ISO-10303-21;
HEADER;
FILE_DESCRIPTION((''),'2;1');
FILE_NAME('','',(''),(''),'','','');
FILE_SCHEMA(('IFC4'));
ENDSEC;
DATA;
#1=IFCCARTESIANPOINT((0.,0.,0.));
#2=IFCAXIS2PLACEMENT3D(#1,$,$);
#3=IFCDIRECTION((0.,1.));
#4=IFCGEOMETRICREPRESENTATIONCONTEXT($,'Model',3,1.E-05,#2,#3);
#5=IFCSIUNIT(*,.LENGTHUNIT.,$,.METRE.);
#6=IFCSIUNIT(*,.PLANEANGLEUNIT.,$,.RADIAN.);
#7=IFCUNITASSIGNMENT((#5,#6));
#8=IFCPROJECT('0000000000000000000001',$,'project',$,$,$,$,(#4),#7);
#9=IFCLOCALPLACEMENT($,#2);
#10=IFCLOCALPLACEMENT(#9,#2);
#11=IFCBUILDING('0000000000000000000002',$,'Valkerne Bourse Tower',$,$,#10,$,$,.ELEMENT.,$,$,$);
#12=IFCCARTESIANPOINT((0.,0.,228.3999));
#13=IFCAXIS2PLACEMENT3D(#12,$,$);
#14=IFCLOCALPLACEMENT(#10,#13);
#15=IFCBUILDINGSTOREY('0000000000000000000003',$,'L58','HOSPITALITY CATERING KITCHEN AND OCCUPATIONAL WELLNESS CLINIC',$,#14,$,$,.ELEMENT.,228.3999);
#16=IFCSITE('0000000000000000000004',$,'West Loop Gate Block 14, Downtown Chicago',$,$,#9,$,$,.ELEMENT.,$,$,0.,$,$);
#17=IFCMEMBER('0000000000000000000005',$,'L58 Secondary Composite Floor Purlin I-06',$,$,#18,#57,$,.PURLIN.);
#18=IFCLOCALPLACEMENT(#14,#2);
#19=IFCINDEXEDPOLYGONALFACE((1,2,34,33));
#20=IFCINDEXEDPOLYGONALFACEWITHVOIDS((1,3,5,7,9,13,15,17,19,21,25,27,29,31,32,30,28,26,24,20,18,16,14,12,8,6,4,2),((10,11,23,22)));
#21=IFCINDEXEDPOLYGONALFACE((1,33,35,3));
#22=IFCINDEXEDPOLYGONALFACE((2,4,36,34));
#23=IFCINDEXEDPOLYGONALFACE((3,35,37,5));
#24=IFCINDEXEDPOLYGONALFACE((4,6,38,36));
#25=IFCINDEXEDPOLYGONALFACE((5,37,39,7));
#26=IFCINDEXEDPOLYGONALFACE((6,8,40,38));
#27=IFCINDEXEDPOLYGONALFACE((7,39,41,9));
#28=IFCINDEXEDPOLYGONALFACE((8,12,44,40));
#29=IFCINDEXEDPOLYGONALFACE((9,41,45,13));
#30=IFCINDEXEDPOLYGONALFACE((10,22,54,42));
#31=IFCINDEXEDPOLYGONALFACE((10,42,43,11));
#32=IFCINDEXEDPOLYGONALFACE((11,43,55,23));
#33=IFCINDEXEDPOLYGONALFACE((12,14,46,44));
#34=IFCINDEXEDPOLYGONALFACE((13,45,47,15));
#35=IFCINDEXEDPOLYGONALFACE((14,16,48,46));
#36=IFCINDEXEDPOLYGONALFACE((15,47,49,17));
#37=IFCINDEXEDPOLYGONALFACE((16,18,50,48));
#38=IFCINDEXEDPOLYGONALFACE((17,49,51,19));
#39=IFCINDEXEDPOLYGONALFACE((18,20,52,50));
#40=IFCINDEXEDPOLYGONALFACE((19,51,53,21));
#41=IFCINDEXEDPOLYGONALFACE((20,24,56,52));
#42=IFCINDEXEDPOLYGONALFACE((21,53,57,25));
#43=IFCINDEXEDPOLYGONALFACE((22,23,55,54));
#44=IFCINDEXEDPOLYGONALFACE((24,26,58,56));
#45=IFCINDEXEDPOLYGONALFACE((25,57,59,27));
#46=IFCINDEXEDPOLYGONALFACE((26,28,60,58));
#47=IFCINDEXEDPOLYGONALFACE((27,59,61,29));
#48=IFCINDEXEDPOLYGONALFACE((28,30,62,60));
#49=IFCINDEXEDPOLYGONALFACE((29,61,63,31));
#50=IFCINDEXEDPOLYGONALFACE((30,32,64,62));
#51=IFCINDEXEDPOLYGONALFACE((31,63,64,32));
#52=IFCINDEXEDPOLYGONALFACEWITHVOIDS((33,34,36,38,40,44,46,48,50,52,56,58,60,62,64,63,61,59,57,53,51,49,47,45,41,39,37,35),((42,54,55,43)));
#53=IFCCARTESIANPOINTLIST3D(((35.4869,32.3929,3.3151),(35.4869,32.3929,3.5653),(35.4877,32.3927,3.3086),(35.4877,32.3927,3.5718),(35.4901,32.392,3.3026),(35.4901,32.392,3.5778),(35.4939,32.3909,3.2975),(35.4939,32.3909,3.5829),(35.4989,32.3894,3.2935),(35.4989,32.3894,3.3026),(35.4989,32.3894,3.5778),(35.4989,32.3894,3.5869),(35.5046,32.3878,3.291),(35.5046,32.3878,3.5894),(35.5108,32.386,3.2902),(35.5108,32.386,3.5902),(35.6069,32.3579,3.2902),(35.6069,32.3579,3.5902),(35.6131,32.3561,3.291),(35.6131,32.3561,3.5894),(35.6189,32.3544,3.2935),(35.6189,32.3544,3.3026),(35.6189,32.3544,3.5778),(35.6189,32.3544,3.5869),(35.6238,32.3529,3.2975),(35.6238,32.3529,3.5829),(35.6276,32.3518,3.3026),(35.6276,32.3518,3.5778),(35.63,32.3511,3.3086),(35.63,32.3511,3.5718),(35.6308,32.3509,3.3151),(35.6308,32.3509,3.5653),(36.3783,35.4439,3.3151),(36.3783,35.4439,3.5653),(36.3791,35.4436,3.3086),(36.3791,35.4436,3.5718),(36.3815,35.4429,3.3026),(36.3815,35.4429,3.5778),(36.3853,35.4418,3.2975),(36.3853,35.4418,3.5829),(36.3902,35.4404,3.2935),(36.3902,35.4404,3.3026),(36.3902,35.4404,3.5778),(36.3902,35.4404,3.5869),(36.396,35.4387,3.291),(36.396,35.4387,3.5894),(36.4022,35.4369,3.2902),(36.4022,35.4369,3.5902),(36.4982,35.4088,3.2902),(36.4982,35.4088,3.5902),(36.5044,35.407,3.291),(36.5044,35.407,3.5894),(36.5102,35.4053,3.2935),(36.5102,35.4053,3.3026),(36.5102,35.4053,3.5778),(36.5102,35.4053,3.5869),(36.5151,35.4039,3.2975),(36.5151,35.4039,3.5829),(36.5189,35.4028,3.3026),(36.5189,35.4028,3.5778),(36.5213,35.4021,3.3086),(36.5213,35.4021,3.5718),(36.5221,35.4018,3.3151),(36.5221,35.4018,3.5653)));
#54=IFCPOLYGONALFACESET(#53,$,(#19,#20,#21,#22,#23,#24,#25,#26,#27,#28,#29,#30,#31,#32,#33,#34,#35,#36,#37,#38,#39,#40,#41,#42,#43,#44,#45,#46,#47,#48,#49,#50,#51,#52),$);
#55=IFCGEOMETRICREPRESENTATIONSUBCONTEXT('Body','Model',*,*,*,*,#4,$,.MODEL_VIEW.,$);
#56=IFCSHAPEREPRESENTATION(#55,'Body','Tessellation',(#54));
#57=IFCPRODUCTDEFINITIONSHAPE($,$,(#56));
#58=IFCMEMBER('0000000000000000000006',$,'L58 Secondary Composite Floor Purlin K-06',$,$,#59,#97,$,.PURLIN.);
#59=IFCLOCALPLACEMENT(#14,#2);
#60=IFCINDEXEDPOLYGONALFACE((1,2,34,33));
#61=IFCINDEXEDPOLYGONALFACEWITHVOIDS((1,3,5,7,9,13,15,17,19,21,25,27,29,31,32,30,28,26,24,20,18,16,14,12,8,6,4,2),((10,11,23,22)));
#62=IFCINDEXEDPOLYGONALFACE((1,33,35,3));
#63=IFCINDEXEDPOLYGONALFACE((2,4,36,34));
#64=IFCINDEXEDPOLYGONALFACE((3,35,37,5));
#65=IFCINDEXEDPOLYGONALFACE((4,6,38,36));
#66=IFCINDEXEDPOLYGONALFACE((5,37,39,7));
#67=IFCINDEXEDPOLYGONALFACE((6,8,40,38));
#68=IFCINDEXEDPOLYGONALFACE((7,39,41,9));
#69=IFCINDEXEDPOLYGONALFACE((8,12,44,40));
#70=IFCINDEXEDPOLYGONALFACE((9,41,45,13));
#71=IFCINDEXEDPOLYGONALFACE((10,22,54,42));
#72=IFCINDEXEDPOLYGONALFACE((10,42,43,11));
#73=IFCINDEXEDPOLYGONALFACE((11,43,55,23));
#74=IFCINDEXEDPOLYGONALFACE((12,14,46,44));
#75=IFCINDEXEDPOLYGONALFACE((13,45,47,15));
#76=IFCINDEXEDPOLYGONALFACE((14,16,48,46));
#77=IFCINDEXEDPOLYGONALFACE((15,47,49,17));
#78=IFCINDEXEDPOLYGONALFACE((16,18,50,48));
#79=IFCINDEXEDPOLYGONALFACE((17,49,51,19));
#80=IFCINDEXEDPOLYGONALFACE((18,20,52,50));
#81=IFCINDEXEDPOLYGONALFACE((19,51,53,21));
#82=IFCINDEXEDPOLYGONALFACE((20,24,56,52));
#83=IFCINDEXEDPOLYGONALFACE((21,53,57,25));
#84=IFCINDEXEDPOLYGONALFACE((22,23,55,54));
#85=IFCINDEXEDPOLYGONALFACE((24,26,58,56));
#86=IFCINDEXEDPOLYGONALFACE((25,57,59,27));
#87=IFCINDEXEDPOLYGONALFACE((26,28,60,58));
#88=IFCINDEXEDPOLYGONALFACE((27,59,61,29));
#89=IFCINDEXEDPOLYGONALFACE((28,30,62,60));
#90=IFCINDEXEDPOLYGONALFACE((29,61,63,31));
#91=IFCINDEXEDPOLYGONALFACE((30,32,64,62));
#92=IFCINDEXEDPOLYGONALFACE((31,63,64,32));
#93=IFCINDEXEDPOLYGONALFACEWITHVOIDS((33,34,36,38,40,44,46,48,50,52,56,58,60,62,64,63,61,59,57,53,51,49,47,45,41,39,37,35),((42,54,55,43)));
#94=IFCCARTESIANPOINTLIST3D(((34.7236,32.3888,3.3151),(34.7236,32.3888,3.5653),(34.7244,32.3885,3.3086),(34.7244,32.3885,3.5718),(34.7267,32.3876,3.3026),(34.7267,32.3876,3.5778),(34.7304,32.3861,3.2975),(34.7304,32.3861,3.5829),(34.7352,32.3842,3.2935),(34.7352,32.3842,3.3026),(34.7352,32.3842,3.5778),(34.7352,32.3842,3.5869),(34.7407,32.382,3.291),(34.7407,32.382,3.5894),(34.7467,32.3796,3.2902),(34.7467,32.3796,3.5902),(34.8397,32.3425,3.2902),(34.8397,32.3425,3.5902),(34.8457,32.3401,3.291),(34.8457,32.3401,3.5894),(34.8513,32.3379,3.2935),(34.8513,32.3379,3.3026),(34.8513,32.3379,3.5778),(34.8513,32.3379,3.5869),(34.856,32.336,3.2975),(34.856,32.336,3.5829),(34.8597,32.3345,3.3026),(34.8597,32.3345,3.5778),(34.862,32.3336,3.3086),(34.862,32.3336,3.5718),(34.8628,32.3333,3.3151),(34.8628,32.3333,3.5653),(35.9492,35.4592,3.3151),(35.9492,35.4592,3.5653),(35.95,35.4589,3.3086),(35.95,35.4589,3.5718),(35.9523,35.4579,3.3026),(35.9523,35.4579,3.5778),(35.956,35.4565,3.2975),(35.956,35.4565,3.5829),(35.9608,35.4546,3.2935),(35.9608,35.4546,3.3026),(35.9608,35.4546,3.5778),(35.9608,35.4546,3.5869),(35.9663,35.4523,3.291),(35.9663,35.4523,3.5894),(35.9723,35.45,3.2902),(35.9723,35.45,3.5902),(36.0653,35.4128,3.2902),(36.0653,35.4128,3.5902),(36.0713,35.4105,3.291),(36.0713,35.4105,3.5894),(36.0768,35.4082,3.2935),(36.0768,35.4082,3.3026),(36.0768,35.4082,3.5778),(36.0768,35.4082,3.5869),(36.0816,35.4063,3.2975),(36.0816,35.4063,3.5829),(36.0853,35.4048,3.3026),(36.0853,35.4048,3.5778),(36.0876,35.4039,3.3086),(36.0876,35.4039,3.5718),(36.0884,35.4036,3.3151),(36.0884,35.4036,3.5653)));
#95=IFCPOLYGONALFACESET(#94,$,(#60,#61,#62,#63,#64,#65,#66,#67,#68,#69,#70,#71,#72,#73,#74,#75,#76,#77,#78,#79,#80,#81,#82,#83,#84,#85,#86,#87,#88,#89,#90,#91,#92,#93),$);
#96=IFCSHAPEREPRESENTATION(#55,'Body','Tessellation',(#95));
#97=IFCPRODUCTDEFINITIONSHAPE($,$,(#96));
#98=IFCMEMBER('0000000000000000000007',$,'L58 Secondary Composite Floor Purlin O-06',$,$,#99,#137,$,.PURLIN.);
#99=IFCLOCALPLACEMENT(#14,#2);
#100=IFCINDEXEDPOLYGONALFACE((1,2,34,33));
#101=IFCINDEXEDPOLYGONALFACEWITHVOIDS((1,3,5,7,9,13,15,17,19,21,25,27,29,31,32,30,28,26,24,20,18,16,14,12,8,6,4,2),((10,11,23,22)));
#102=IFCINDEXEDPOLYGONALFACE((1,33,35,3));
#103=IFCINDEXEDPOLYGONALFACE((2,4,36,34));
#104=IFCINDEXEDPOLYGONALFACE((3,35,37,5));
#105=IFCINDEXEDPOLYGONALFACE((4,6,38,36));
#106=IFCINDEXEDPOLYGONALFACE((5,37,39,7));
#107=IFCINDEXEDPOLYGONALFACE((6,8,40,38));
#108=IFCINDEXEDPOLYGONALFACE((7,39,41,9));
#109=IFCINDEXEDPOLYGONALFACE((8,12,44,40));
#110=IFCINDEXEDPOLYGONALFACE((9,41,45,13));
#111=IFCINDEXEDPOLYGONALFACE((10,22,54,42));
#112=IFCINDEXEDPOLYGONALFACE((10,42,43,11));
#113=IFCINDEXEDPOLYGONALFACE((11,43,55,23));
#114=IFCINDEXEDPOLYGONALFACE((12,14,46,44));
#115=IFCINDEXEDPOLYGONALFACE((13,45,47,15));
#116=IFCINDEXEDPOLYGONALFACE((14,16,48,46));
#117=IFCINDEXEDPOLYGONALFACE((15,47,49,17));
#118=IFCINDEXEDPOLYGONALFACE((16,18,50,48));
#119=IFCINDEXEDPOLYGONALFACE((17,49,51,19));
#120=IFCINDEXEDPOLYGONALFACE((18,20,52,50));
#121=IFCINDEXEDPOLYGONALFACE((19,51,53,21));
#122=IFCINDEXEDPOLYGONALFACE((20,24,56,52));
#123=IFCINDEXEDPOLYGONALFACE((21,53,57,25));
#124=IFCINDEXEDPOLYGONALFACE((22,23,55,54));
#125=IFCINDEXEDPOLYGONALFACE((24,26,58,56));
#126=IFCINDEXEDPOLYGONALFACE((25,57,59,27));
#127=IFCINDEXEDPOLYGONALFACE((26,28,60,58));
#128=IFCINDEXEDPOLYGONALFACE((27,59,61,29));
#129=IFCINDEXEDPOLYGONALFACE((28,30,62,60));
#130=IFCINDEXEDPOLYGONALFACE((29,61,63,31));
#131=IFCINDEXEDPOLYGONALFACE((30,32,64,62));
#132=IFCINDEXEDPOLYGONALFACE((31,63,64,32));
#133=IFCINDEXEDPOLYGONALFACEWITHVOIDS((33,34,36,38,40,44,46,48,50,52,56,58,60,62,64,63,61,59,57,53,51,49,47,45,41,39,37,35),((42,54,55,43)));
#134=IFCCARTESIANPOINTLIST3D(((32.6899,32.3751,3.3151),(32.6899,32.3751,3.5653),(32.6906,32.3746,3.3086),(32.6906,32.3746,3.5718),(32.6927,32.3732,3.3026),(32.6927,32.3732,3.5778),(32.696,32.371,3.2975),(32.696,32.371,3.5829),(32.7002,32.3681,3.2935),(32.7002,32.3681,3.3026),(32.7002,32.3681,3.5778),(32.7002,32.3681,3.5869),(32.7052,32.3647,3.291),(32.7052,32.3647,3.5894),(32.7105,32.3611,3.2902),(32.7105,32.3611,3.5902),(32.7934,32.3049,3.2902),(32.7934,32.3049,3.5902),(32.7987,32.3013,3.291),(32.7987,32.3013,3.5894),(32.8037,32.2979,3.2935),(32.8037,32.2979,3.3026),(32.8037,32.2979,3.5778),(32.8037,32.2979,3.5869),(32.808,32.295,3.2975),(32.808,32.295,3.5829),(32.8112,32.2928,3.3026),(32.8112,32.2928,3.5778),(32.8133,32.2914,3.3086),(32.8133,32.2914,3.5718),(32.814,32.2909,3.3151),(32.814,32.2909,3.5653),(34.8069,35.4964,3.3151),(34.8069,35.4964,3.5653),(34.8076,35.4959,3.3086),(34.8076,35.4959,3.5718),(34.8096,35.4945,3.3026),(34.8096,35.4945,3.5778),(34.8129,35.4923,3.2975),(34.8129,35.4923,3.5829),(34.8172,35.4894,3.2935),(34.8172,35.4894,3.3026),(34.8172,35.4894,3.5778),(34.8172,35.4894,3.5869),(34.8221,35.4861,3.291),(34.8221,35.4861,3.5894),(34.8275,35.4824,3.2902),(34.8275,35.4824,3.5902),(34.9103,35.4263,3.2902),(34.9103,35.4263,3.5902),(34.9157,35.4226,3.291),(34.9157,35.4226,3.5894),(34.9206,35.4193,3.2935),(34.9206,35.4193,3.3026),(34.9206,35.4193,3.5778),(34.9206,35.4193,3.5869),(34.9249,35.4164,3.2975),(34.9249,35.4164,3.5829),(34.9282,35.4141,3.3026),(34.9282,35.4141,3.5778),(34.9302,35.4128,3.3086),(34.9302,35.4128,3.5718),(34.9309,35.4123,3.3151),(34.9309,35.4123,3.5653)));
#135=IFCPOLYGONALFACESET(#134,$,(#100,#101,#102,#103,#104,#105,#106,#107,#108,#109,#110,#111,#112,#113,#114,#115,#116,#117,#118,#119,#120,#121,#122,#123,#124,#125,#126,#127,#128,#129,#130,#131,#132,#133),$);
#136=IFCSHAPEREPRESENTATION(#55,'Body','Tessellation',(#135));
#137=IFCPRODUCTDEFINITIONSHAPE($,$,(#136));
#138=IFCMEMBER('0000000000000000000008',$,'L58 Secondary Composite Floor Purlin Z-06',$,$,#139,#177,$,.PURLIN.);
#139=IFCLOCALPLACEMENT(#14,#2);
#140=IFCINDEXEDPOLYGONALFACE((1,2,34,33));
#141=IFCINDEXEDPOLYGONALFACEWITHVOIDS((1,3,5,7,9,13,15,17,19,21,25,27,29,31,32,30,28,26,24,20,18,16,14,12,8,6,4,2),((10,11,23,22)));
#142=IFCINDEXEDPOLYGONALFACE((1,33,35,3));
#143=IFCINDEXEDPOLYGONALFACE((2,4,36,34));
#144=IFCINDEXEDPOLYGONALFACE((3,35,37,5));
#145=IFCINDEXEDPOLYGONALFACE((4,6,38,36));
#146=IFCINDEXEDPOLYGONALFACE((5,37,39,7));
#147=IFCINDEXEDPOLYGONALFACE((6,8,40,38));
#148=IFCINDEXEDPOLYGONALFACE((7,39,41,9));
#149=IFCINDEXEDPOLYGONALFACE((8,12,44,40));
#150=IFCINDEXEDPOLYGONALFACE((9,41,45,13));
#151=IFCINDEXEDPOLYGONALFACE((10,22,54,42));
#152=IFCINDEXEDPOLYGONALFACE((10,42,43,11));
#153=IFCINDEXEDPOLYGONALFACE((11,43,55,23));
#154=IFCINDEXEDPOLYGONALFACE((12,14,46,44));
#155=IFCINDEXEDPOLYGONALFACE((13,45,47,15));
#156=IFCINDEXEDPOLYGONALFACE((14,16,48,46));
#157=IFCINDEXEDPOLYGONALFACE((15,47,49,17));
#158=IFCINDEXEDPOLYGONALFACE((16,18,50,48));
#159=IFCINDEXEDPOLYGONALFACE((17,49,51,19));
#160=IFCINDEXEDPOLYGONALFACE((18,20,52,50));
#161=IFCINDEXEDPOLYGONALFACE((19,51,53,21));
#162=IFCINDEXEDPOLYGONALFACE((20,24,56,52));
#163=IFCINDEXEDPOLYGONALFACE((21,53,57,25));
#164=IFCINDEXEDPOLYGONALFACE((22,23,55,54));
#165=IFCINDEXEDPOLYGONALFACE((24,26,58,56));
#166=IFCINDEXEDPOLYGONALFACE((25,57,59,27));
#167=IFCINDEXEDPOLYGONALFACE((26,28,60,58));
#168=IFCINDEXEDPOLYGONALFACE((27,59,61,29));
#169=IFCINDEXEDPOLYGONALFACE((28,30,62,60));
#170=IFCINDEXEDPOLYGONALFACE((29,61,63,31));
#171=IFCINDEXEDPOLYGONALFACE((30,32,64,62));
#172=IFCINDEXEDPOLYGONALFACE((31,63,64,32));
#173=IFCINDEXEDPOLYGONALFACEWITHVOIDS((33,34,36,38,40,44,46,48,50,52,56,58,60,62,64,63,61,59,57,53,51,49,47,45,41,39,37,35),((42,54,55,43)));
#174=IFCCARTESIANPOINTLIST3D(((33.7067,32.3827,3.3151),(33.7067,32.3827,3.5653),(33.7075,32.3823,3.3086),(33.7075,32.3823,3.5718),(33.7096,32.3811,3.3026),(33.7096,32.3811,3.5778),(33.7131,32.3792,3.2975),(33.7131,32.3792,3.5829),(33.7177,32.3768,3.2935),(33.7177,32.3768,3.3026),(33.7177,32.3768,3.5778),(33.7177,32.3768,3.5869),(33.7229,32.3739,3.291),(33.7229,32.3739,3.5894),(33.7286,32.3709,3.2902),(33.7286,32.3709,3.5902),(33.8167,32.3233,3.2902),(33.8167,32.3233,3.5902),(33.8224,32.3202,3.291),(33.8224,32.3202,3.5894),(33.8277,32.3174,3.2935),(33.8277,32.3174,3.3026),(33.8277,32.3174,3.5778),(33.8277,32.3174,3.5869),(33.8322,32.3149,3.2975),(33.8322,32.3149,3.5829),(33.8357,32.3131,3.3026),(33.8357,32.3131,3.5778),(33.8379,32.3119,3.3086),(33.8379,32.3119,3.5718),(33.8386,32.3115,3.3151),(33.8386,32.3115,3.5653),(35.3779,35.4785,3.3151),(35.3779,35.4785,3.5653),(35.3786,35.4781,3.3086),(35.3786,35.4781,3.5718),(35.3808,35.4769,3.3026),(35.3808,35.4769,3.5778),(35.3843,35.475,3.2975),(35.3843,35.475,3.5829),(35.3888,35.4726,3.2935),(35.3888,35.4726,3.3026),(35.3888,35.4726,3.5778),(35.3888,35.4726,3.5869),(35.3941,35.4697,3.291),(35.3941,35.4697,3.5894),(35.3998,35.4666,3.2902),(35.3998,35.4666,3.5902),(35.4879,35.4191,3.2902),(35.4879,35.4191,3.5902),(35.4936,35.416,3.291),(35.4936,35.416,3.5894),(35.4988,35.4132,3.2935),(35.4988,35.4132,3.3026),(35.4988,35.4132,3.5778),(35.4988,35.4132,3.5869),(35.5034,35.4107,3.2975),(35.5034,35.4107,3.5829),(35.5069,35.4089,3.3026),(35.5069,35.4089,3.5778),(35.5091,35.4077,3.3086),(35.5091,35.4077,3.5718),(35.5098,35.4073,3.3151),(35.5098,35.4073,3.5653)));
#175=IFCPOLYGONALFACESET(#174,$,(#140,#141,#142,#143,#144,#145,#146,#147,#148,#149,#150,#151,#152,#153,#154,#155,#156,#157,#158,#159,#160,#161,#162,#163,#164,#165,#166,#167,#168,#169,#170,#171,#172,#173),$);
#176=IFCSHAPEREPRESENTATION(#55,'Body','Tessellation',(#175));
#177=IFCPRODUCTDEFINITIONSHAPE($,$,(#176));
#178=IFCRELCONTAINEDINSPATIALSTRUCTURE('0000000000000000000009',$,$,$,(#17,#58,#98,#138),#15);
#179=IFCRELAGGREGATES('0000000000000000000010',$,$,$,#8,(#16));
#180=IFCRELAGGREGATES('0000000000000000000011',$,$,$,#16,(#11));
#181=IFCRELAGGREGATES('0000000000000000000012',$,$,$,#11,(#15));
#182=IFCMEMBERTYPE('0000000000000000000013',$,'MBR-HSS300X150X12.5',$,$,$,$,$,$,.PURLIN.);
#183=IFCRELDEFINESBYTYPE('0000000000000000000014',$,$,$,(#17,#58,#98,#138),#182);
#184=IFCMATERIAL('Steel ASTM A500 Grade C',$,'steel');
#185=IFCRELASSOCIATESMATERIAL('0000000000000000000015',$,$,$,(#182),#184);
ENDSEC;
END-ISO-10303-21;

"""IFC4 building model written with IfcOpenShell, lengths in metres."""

from ifc_helpers import new_model, si_unit, direction, frame, origin, origin_2d, place, context, subcontext, project, spatial, hollow_rectangle, extrude, material, material_profile, profile_set, type_object, element, save


model = new_model("IFC4")

# Units and contexts
model_context = context("Model", 3, precision=1e-05, world=origin(), true_north=direction((0.0, 1.0)))
body_context = subcontext(model_context, "Body", "Model", "MODEL_VIEW")
ifc_project = project(units=[si_unit("LENGTHUNIT", "METRE"), si_unit("PLANEANGLEUNIT", "RADIAN")], contexts=[model_context])

# Site, building, storey
site_placement = place(None, origin())
site = spatial("IfcSite", under=ifc_project, at=site_placement, Name="West Loop Gate Block 14, Downtown Chicago", CompositionType="ELEMENT", RefElevation=0.0)
building_placement = place(site_placement, origin())
building = spatial("IfcBuilding", under=site, at=building_placement, Name="Valkerne Bourse Tower", CompositionType="ELEMENT")
storey_placement = place(building_placement, frame((0.0, 0.0, 228.3999)))
storey = spatial("IfcBuildingStorey", under=building, at=storey_placement, Name="L58", Description="HOSPITALITY CATERING KITCHEN AND OCCUPATIONAL WELLNESS CLINIC", CompositionType="ELEMENT", Elevation=228.3999)

# Members
ifc_material_1 = material(Name="Steel ASTM A500 Grade C", Category="steel")
ifc_material_profile_1 = material_profile(ifc_material_1, hollow_rectangle(XDim=0.1499, YDim=0.3, WallThickness=0.0125, OuterFilletRadius=0.0249, at=origin_2d()), Name="HSS300X150X12.5")
ifc_profile_set_1 = profile_set([ifc_material_profile_1], Name="Steel ASTM A500 Grade C")
member_type_1 = type_object("IfcMemberType", Name="MBR-HSS300X150X12.5", PredefinedType="PURLIN", material=ifc_profile_set_1)
member_1_placement = place(storey_placement, frame((36.4502, 35.4229, 3.4402), z_axis=(-0.280428, -0.959875, 0.0), x_axis=(0.959875, -0.280428, 0.0)))
element("IfcMember", 1, at=member_1_placement, inside=storey, type_object=member_type_1, Name="L58 Secondary Composite Floor Purlin I-06", PredefinedType="PURLIN", context=body_context, shape_type="SweptSolid", body=[
    extrude(hollow_rectangle(XDim=0.1499, YDim=0.3, WallThickness=0.0125, OuterFilletRadius=0.0249, at=origin_2d()), origin(), (0.0, 0.0, 1.0), 3.1785),
])
member_2_placement = place(storey_placement, frame((36.0188, 35.4314, 3.4402), z_axis=(-0.370728, -0.928741, 0.0), x_axis=(0.928741, -0.370728, 0.0)))
element("IfcMember", 2, at=member_2_placement, inside=storey, type_object=member_type_1, Name="L58 Secondary Composite Floor Purlin K-06", PredefinedType="PURLIN", context=body_context, shape_type="SweptSolid", body=[
    extrude(hollow_rectangle(XDim=0.1499, YDim=0.3, WallThickness=0.0125, OuterFilletRadius=0.0249, at=origin_2d()), origin(), (0.0, 0.0, 1.0), 3.3059),
])
member_3_placement = place(storey_placement, frame((34.8689, 35.4543, 3.4402), z_axis=(-0.5613, -0.827612, 0.0), x_axis=(0.827612, -0.5613, 0.0)))
element("IfcMember", 3, at=member_3_placement, inside=storey, type_object=member_type_1, Name="L58 Secondary Composite Floor Purlin O-06", PredefinedType="PURLIN", context=body_context, shape_type="SweptSolid", body=[
    extrude(hollow_rectangle(XDim=0.1499, YDim=0.3, WallThickness=0.0125, OuterFilletRadius=0.0249, at=origin_2d()), origin(), (0.0, 0.0, 1.0), 3.7715),
])
member_4_placement = place(storey_placement, frame((35.4438, 35.4429, 3.4402), z_axis=(-0.475031, -0.879969, 0.0), x_axis=(0.879969, -0.475031, 0.0)))
element("IfcMember", 4, at=member_4_placement, inside=storey, type_object=member_type_1, Name="L58 Secondary Composite Floor Purlin Z-06", PredefinedType="PURLIN", context=body_context, shape_type="SweptSolid", body=[
    extrude(hollow_rectangle(XDim=0.1499, YDim=0.3, WallThickness=0.0125, OuterFilletRadius=0.0249, at=origin_2d()), origin(), (0.0, 0.0, 1.0), 3.5181),
])

save(model, "model.ifc")
